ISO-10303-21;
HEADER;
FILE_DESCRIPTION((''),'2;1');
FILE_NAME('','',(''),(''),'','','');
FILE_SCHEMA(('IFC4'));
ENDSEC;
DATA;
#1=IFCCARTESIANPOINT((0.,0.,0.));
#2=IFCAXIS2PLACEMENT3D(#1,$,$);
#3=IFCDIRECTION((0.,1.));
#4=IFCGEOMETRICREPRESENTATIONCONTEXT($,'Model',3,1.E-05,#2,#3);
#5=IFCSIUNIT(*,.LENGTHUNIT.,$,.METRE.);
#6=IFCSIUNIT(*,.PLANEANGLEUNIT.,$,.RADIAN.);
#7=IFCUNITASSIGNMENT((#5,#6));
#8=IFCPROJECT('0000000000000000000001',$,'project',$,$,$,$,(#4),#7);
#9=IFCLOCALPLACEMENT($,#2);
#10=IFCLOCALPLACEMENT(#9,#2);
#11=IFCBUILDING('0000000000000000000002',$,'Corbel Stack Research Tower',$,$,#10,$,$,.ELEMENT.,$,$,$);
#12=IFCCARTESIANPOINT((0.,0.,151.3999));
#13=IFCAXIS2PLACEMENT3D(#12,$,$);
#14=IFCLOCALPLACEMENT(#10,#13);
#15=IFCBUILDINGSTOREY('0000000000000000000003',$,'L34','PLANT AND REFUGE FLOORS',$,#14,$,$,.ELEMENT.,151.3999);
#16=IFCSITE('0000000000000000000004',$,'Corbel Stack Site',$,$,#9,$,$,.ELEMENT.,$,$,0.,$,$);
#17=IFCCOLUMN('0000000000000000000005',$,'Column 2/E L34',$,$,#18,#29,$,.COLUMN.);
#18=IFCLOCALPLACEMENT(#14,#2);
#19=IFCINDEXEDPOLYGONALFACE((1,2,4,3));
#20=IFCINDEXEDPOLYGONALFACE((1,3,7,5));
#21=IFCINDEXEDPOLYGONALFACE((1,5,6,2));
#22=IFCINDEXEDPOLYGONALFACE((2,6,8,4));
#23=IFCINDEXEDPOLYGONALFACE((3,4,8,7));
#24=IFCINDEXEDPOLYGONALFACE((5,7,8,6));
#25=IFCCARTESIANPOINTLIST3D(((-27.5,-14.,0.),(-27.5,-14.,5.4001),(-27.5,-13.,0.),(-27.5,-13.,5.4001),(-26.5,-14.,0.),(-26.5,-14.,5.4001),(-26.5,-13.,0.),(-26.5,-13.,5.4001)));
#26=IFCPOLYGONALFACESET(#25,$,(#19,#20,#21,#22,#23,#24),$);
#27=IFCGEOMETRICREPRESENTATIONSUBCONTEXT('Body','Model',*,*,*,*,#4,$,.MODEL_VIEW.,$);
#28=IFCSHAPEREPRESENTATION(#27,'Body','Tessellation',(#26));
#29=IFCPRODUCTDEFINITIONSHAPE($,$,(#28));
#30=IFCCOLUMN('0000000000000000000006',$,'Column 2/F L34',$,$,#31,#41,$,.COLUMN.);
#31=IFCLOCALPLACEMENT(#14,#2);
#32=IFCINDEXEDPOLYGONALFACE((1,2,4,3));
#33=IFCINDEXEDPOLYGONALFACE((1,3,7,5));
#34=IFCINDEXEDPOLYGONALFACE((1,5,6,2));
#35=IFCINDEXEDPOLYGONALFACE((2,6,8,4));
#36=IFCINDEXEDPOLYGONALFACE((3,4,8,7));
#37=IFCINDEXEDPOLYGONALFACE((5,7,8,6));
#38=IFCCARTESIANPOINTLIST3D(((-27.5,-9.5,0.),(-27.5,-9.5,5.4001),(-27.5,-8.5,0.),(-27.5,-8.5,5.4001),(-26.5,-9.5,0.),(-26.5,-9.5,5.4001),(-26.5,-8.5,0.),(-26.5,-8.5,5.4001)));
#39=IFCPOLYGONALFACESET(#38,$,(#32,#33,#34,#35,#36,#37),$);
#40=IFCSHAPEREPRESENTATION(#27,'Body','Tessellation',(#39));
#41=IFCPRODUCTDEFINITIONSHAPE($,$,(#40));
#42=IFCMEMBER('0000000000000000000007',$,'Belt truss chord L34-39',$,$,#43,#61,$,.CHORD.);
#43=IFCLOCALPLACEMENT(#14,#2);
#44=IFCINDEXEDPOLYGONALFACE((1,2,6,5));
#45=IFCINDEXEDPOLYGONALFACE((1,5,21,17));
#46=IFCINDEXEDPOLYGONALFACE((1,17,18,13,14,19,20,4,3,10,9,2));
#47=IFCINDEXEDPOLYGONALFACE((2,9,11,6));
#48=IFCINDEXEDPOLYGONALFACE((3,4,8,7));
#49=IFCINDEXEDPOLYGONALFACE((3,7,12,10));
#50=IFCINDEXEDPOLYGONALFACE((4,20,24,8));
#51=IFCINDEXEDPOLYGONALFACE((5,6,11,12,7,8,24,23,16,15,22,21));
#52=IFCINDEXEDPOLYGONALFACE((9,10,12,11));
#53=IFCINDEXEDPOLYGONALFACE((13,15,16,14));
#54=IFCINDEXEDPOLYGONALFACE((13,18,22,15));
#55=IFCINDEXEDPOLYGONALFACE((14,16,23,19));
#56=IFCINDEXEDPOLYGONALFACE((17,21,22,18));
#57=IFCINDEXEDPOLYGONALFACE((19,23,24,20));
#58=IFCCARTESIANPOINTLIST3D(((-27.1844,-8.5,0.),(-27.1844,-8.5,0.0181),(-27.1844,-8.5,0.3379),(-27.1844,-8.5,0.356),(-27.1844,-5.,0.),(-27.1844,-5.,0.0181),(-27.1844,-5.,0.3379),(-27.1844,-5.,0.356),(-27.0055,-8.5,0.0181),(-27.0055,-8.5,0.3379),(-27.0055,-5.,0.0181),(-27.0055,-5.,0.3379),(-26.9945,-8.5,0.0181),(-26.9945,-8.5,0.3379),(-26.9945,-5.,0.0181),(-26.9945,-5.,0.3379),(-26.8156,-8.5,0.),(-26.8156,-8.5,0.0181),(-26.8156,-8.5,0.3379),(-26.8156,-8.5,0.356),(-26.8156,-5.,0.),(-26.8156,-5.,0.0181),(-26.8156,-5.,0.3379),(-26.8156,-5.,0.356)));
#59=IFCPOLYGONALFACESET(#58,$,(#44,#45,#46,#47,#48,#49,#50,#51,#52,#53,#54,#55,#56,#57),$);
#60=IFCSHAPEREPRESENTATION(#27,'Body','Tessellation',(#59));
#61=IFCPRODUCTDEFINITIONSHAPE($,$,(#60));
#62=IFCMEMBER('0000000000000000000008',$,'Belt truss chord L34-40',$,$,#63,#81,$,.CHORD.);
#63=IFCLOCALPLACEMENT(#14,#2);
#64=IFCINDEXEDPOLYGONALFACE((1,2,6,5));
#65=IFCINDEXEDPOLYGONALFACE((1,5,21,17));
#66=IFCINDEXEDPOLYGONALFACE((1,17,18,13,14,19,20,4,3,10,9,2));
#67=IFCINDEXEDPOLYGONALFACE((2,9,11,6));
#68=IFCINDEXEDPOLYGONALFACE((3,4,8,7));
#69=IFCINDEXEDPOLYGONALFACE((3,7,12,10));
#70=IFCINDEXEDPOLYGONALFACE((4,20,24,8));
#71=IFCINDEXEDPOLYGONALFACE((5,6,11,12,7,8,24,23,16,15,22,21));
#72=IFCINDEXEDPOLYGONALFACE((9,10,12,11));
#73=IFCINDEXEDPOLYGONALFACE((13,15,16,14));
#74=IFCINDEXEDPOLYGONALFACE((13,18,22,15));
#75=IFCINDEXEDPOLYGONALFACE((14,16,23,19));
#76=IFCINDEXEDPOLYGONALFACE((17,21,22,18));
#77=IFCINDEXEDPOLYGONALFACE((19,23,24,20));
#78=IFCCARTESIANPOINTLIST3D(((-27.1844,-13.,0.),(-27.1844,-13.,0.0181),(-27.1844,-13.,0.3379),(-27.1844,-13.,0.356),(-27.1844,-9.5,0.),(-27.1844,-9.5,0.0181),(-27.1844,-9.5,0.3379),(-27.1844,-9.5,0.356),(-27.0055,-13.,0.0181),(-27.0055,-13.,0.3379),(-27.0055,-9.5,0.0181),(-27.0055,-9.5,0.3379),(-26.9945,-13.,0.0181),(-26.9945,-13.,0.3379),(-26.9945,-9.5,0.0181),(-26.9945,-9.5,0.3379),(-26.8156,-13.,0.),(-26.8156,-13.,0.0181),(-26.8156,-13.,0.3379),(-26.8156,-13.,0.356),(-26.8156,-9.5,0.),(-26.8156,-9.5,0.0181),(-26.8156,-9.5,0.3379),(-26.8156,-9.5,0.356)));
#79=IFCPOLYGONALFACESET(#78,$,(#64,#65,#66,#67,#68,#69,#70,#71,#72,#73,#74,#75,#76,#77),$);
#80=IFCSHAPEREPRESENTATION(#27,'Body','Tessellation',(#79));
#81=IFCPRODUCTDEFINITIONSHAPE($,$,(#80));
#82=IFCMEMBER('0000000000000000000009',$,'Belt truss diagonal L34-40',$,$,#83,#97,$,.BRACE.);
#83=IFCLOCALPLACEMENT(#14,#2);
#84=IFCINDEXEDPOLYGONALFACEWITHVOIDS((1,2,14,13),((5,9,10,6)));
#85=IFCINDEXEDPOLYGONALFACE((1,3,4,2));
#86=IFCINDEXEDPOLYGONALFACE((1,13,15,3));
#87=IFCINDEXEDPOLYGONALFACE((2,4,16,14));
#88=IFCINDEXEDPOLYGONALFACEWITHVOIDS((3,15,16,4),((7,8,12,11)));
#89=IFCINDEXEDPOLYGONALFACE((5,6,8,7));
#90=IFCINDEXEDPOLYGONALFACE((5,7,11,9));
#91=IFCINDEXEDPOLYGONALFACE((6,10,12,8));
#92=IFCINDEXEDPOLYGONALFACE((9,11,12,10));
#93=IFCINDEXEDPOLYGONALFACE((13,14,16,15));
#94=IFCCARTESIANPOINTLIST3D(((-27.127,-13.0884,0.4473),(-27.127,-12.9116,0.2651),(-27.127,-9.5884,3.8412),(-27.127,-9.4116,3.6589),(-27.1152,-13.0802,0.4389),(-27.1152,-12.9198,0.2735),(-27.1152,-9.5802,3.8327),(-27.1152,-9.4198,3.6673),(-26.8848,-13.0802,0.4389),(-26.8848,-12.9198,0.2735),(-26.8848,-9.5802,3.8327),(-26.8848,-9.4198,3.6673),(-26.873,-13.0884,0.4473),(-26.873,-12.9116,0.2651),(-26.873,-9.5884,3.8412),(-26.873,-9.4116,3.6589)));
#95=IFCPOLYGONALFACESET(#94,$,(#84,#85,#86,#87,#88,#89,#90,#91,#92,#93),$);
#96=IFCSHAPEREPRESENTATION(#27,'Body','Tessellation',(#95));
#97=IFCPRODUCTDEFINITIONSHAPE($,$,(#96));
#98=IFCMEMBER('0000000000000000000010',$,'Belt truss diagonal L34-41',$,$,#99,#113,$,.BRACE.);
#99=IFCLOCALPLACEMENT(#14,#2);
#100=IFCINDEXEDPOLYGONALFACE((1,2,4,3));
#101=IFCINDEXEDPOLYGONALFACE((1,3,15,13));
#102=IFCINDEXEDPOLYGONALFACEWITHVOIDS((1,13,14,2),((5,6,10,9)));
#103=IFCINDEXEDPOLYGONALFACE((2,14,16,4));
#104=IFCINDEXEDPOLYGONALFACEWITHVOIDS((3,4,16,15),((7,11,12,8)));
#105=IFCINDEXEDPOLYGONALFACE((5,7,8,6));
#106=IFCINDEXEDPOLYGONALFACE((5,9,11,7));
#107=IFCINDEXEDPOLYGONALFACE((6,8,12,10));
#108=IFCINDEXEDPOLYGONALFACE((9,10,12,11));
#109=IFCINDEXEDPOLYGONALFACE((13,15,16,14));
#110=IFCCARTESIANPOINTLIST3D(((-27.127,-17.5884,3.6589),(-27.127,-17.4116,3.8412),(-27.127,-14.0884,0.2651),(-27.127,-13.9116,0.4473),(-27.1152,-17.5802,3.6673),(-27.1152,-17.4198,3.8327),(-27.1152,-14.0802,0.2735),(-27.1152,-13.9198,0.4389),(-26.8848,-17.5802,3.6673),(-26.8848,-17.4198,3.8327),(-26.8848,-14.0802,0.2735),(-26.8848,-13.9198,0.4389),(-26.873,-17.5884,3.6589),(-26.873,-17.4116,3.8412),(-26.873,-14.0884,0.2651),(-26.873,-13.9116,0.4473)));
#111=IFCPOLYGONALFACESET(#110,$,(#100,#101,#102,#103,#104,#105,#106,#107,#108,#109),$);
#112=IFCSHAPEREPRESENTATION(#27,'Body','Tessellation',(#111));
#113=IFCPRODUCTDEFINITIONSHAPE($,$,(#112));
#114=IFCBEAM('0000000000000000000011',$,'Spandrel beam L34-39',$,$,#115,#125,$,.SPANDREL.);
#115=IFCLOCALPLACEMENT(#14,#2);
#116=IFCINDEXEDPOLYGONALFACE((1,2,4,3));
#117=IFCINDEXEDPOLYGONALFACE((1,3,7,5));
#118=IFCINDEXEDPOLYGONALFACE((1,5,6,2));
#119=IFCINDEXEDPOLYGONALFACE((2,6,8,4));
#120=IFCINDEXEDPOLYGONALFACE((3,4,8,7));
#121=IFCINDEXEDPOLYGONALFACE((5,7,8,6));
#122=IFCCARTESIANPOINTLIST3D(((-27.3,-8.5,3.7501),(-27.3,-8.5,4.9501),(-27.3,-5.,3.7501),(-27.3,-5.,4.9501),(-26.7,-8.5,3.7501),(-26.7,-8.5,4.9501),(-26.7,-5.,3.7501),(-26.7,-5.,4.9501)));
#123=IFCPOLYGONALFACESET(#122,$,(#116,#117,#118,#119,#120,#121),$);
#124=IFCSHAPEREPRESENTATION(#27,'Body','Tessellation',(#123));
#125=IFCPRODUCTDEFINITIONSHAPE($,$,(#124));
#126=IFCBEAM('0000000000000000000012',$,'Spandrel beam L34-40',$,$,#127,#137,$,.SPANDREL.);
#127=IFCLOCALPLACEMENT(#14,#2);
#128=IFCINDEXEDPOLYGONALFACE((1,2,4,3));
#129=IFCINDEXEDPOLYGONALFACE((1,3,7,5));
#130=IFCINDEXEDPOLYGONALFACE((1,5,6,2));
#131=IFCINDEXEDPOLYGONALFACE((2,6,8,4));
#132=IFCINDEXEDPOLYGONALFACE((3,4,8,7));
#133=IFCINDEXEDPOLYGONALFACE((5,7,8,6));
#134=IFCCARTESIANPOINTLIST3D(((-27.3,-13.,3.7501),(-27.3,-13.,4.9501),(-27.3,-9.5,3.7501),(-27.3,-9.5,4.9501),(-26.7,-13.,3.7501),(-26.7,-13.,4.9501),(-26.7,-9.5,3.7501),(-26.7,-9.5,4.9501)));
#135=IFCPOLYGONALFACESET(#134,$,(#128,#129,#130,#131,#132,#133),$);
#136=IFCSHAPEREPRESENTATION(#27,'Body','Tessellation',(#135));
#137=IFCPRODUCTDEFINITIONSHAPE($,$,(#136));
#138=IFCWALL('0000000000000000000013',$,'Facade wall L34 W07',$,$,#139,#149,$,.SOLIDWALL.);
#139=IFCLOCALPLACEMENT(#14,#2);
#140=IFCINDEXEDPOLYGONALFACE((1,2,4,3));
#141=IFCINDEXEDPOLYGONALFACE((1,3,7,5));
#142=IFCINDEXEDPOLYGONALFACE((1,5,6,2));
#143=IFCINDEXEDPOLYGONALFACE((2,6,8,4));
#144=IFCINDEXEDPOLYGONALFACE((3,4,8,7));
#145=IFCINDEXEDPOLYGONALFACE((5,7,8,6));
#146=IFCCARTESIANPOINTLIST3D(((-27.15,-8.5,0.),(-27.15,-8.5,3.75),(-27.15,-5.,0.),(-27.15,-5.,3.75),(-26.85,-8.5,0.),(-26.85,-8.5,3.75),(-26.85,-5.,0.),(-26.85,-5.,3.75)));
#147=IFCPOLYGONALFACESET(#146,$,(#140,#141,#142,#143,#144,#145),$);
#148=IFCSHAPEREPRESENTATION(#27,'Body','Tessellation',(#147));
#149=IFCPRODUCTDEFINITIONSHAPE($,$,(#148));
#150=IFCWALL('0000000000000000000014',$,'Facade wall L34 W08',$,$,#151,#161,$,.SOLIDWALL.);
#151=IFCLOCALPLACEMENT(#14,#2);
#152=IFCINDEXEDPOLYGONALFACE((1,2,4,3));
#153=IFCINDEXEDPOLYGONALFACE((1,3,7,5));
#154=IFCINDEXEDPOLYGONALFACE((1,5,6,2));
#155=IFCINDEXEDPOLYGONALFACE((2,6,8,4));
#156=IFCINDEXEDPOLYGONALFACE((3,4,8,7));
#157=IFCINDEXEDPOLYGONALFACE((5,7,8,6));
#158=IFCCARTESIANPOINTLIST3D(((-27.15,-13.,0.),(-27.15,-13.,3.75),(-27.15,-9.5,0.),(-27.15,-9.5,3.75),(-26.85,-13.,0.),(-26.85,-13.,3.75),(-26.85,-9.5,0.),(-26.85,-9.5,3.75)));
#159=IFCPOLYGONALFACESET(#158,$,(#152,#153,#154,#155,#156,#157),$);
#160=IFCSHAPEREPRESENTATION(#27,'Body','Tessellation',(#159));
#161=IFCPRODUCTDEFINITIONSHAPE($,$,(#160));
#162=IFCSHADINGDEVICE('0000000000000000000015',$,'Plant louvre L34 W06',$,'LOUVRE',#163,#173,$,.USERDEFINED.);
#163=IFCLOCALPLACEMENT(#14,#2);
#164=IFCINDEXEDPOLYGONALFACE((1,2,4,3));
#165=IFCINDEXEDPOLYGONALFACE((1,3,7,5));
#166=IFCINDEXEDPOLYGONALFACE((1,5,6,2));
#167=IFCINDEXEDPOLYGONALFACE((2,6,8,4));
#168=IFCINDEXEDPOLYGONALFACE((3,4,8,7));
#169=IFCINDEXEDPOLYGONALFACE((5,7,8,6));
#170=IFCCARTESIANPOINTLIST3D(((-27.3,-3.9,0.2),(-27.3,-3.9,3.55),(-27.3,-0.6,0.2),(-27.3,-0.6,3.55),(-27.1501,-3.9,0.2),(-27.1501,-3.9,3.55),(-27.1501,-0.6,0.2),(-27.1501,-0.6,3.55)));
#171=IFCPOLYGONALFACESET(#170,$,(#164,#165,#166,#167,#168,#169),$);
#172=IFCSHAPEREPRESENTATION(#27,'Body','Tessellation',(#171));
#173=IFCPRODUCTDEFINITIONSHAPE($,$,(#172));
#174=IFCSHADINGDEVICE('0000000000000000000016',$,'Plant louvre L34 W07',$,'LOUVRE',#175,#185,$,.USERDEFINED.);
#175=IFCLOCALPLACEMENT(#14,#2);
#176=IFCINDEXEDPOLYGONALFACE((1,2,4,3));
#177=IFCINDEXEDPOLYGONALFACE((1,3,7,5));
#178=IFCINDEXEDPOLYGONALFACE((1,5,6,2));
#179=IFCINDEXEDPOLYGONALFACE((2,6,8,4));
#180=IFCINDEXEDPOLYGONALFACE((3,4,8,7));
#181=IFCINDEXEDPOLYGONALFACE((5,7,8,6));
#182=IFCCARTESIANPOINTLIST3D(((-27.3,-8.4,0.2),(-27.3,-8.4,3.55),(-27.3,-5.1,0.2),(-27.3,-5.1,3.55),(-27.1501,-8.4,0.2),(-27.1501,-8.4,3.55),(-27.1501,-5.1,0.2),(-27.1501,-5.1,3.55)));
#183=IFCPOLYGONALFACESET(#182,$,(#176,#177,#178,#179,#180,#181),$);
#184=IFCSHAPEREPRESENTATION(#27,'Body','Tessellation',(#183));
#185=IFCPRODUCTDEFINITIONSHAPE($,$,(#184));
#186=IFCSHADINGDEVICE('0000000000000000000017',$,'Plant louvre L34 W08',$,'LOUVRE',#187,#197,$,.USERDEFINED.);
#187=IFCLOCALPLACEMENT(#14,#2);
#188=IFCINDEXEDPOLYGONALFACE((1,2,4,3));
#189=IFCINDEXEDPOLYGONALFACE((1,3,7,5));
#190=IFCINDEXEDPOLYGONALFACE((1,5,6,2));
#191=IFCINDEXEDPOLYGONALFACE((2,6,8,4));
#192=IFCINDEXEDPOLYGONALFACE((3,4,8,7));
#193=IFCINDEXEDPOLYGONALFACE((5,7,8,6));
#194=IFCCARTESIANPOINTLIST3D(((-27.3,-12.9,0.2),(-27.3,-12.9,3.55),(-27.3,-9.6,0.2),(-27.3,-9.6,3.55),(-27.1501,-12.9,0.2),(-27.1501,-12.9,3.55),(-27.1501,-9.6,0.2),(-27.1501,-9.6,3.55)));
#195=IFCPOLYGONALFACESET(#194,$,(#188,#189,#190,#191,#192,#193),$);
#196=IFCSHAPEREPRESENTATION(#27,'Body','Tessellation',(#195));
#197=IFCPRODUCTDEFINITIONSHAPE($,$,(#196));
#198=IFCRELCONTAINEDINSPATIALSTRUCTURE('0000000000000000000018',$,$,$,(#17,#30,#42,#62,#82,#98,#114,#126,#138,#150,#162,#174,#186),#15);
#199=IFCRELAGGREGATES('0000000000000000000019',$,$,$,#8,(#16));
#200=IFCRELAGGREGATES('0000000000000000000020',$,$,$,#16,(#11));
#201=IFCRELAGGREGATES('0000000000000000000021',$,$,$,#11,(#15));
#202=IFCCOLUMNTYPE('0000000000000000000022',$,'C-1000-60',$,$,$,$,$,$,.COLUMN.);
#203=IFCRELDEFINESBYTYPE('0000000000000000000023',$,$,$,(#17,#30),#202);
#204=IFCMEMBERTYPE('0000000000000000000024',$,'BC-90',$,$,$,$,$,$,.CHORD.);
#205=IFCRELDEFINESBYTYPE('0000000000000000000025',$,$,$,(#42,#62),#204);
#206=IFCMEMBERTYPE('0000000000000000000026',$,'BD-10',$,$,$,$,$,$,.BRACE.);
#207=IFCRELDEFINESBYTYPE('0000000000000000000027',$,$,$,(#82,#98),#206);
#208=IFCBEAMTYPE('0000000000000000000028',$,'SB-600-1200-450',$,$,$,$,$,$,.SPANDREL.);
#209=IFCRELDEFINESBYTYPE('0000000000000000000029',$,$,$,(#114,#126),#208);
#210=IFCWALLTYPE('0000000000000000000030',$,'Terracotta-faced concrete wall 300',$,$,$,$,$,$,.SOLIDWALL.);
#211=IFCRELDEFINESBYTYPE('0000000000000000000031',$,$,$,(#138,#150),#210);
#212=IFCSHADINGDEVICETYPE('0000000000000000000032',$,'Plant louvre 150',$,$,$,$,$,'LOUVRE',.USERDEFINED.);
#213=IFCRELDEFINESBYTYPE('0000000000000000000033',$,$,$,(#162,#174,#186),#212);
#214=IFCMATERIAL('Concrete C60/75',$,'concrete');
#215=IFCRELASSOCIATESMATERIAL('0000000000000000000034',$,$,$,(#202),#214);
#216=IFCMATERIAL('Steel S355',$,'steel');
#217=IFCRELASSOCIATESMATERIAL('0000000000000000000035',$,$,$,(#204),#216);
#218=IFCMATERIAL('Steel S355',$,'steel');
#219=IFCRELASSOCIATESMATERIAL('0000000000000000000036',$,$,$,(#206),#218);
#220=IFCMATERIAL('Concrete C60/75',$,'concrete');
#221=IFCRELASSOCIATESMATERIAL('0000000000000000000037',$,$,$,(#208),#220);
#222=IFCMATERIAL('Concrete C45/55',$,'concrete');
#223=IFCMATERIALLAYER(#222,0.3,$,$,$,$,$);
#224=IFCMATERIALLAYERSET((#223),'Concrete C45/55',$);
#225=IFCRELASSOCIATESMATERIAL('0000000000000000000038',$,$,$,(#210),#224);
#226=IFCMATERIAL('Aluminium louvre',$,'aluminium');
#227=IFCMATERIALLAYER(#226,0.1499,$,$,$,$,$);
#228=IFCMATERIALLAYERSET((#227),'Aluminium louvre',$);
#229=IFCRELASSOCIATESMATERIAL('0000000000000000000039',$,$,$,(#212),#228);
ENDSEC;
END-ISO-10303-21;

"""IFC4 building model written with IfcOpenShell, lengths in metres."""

from ifc_helpers import new_model, si_unit, direction, frame, frame_2d, origin, origin_2d, place, context, subcontext, project, spatial, rectangle, hollow_rectangle, i_section, extrude, material, layer, layer_set, material_profile, profile_set, type_object, element, save


model = new_model("IFC4")

# Units and contexts
model_context = context("Model", 3, precision=1e-05, world=origin(), true_north=direction((0.0, 1.0)))
body_context = subcontext(model_context, "Body", "Model", "MODEL_VIEW")
ifc_project = project(units=[si_unit("LENGTHUNIT", "METRE"), si_unit("PLANEANGLEUNIT", "RADIAN")], contexts=[model_context])

# Site, building, storey
site_placement = place(None, origin())
site = spatial("IfcSite", under=ifc_project, at=site_placement, Name="Corbel Stack Site", CompositionType="ELEMENT", RefElevation=0.0)
building_placement = place(site_placement, origin())
building = spatial("IfcBuilding", under=site, at=building_placement, Name="Corbel Stack Research Tower", CompositionType="ELEMENT")
storey_placement = place(building_placement, frame((0.0, 0.0, 151.3999)))
storey = spatial("IfcBuildingStorey", under=building, at=storey_placement, Name="L34", Description="PLANT AND REFUGE FLOORS", CompositionType="ELEMENT", Elevation=151.3999)

# Columns
ifc_material_1 = material(Name="Concrete C60/75", Category="concrete")
ifc_material_profile_1 = material_profile(ifc_material_1, rectangle(XDim=1.0, YDim=1.0, at=origin_2d()), Name="RC 1000 x 1000")
ifc_profile_set_1 = profile_set([ifc_material_profile_1], Name="Concrete C60/75")
column_type = type_object("IfcColumnType", Name="C-1000-60", PredefinedType="COLUMN", material=ifc_profile_set_1)
for number, where, z_axis, x_axis, name in (
    (1, (-27.0, -13.5, 0.0), (0.0, 0.0, 1.0), (1.0, 0.0, 0.0), "Column 2/E L34"),
    (2, (-27.0, -9.0, 0.0), (0.0, 0.0, 1.0), (1.0, 0.0, 0.0), "Column 2/F L34"),
):
    element("IfcColumn", number, at=place(storey_placement, frame(where, z_axis=z_axis, x_axis=x_axis)), inside=storey, type_object=column_type, Name=name, PredefinedType="COLUMN", context=body_context, shape_type="SweptSolid", body=[
        extrude(rectangle(XDim=1.0, YDim=1.0, at=origin_2d()), origin(), (0.0, 0.0, 1.0), 5.4001),
    ])

# Members
ifc_material_2 = material(Name="Steel S355", Category="steel")
ifc_material_profile_2 = material_profile(ifc_material_2, i_section(OverallWidth=0.3689, OverallDepth=0.356, WebThickness=0.011, FlangeThickness=0.0181, at=origin_2d()), Name="W14x90")
ifc_profile_set_2 = profile_set([ifc_material_profile_2], Name="Steel S355")
member_type_1 = type_object("IfcMemberType", Name="BC-90", PredefinedType="CHORD", material=ifc_profile_set_2)
for number, where, z_axis, x_axis, name in (
    (3, (-27.0, -5.0, 0.178), (0.0, -1.0, 0.0), (1.0, 0.0, 0.0), "Belt truss chord L34-39"),
    (4, (-27.0, -9.5, 0.178), (0.0, -1.0, 0.0), (1.0, 0.0, 0.0), "Belt truss chord L34-40"),
):
    element("IfcMember", number, at=place(storey_placement, frame(where, z_axis=z_axis, x_axis=x_axis)), inside=storey, type_object=member_type_1, Name=name, PredefinedType="CHORD", context=body_context, shape_type="SweptSolid", body=[
        extrude(i_section(OverallWidth=0.3689, OverallDepth=0.356, WebThickness=0.011, FlangeThickness=0.0181, at=origin_2d()), origin(), (0.0, 0.0, 1.0), 3.5),
    ])
ifc_material_3 = material(Name="Steel S355", Category="steel")
ifc_material_profile_3 = material_profile(ifc_material_3, hollow_rectangle(XDim=0.2539, YDim=0.2539, WallThickness=0.0117, at=origin_2d()), Name="HSS10x10x1/2")
ifc_profile_set_3 = profile_set([ifc_material_profile_3], Name="Steel S355")
member_type_2 = type_object("IfcMemberType", Name="BD-10", PredefinedType="BRACE", material=ifc_profile_set_3)
for number, where, z_axis, x_axis, name in (
    (5, (-27.0, -13.0, 0.3562), (0.0, 0.717915, 0.696131), (-1.0, 0.0, 0.0), "Belt truss diagonal L34-40"),
    (6, (-27.0, -14.0, 0.3562), (0.0, -0.717915, 0.696131), (1.0, 0.0, 0.0), "Belt truss diagonal L34-41"),
):
    element("IfcMember", number, at=place(storey_placement, frame(where, z_axis=z_axis, x_axis=x_axis)), inside=storey, type_object=member_type_2, Name=name, PredefinedType="BRACE", context=body_context, shape_type="SweptSolid", body=[
        extrude(hollow_rectangle(XDim=0.2539, YDim=0.2539, WallThickness=0.0117, at=origin_2d()), origin(), (0.0, 0.0, 1.0), 4.8752),
    ])

# Beams
ifc_material_4 = material(Name="Concrete C60/75", Category="concrete")
ifc_material_profile_4 = material_profile(ifc_material_4, rectangle(XDim=0.6001, YDim=1.2, at=origin_2d()), Name="RC 600 x 1200")
ifc_profile_set_4 = profile_set([ifc_material_profile_4], Name="Concrete C60/75")
beam_type = type_object("IfcBeamType", Name="SB-600-1200-450", PredefinedType="SPANDREL", material=ifc_profile_set_4)
for number, where, z_axis, x_axis, name in (
    (7, (-27.0, -5.0, 4.3501), (0.0, -1.0, 0.0), (1.0, 0.0, 0.0), "Spandrel beam L34-39"),
    (8, (-27.0, -9.5, 4.3501), (0.0, -1.0, 0.0), (1.0, 0.0, 0.0), "Spandrel beam L34-40"),
):
    element("IfcBeam", number, at=place(storey_placement, frame(where, z_axis=z_axis, x_axis=x_axis)), inside=storey, type_object=beam_type, Name=name, PredefinedType="SPANDREL", context=body_context, shape_type="SweptSolid", body=[
        extrude(rectangle(XDim=0.6001, YDim=1.2, at=origin_2d()), origin(), (0.0, 0.0, 1.0), 3.5),
    ])

# Walls
ifc_material_5 = material(Name="Concrete C45/55", Category="concrete")
ifc_layer_1 = layer(ifc_material_5, 0.3)
ifc_layer_set_1 = layer_set([ifc_layer_1], Name="Concrete C45/55")
wall_type = type_object("IfcWallType", Name="Terracotta-faced concrete wall 300", PredefinedType="SOLIDWALL", material=ifc_layer_set_1)
for number, where, z_axis, x_axis, name in (
    (9, (-27.0, -8.5, 0.0), (0.0, 0.0, 1.0), (0.0, 1.0, 0.0), "Facade wall L34 W07"),
    (10, (-27.0, -13.0, 0.0), (0.0, 0.0, 1.0), (0.0, 1.0, 0.0), "Facade wall L34 W08"),
):
    element("IfcWall", number, at=place(storey_placement, frame(where, z_axis=z_axis, x_axis=x_axis)), inside=storey, type_object=wall_type, Name=name, PredefinedType="SOLIDWALL", context=body_context, shape_type="SweptSolid", body=[
        extrude(rectangle(XDim=3.5, YDim=0.3, at=frame_2d((1.75, 0.0))), origin(), (0.0, 0.0, 1.0), 3.75),
    ])

# Shading devices
ifc_material_6 = material(Name="Aluminium louvre", Category="aluminium")
ifc_layer_2 = layer(ifc_material_6, 0.1499)
ifc_layer_set_2 = layer_set([ifc_layer_2], Name="Aluminium louvre")
shading_device_type = type_object("IfcShadingDeviceType", Name="Plant louvre 150", ElementType="LOUVRE", PredefinedType="USERDEFINED", material=ifc_layer_set_2)
for number, where, z_axis, x_axis, name in (
    (11, (-27.2251, -2.25, 0.2), (0.0, 0.0, 1.0), (0.0, -1.0, 0.0), "Plant louvre L34 W06"),
    (12, (-27.2251, -6.75, 0.2), (0.0, 0.0, 1.0), (0.0, -1.0, 0.0), "Plant louvre L34 W07"),
    (13, (-27.2251, -11.25, 0.2), (0.0, 0.0, 1.0), (0.0, -1.0, 0.0), "Plant louvre L34 W08"),
):
    element("IfcShadingDevice", number, at=place(storey_placement, frame(where, z_axis=z_axis, x_axis=x_axis)), inside=storey, type_object=shading_device_type, Name=name, ObjectType="LOUVRE", PredefinedType="USERDEFINED", context=body_context, shape_type="SweptSolid", body=[
        extrude(rectangle(XDim=3.3, YDim=0.1499, at=origin_2d()), origin(), (0.0, 0.0, 1.0), 3.3501),
    ])

save(model, "model.ifc")
